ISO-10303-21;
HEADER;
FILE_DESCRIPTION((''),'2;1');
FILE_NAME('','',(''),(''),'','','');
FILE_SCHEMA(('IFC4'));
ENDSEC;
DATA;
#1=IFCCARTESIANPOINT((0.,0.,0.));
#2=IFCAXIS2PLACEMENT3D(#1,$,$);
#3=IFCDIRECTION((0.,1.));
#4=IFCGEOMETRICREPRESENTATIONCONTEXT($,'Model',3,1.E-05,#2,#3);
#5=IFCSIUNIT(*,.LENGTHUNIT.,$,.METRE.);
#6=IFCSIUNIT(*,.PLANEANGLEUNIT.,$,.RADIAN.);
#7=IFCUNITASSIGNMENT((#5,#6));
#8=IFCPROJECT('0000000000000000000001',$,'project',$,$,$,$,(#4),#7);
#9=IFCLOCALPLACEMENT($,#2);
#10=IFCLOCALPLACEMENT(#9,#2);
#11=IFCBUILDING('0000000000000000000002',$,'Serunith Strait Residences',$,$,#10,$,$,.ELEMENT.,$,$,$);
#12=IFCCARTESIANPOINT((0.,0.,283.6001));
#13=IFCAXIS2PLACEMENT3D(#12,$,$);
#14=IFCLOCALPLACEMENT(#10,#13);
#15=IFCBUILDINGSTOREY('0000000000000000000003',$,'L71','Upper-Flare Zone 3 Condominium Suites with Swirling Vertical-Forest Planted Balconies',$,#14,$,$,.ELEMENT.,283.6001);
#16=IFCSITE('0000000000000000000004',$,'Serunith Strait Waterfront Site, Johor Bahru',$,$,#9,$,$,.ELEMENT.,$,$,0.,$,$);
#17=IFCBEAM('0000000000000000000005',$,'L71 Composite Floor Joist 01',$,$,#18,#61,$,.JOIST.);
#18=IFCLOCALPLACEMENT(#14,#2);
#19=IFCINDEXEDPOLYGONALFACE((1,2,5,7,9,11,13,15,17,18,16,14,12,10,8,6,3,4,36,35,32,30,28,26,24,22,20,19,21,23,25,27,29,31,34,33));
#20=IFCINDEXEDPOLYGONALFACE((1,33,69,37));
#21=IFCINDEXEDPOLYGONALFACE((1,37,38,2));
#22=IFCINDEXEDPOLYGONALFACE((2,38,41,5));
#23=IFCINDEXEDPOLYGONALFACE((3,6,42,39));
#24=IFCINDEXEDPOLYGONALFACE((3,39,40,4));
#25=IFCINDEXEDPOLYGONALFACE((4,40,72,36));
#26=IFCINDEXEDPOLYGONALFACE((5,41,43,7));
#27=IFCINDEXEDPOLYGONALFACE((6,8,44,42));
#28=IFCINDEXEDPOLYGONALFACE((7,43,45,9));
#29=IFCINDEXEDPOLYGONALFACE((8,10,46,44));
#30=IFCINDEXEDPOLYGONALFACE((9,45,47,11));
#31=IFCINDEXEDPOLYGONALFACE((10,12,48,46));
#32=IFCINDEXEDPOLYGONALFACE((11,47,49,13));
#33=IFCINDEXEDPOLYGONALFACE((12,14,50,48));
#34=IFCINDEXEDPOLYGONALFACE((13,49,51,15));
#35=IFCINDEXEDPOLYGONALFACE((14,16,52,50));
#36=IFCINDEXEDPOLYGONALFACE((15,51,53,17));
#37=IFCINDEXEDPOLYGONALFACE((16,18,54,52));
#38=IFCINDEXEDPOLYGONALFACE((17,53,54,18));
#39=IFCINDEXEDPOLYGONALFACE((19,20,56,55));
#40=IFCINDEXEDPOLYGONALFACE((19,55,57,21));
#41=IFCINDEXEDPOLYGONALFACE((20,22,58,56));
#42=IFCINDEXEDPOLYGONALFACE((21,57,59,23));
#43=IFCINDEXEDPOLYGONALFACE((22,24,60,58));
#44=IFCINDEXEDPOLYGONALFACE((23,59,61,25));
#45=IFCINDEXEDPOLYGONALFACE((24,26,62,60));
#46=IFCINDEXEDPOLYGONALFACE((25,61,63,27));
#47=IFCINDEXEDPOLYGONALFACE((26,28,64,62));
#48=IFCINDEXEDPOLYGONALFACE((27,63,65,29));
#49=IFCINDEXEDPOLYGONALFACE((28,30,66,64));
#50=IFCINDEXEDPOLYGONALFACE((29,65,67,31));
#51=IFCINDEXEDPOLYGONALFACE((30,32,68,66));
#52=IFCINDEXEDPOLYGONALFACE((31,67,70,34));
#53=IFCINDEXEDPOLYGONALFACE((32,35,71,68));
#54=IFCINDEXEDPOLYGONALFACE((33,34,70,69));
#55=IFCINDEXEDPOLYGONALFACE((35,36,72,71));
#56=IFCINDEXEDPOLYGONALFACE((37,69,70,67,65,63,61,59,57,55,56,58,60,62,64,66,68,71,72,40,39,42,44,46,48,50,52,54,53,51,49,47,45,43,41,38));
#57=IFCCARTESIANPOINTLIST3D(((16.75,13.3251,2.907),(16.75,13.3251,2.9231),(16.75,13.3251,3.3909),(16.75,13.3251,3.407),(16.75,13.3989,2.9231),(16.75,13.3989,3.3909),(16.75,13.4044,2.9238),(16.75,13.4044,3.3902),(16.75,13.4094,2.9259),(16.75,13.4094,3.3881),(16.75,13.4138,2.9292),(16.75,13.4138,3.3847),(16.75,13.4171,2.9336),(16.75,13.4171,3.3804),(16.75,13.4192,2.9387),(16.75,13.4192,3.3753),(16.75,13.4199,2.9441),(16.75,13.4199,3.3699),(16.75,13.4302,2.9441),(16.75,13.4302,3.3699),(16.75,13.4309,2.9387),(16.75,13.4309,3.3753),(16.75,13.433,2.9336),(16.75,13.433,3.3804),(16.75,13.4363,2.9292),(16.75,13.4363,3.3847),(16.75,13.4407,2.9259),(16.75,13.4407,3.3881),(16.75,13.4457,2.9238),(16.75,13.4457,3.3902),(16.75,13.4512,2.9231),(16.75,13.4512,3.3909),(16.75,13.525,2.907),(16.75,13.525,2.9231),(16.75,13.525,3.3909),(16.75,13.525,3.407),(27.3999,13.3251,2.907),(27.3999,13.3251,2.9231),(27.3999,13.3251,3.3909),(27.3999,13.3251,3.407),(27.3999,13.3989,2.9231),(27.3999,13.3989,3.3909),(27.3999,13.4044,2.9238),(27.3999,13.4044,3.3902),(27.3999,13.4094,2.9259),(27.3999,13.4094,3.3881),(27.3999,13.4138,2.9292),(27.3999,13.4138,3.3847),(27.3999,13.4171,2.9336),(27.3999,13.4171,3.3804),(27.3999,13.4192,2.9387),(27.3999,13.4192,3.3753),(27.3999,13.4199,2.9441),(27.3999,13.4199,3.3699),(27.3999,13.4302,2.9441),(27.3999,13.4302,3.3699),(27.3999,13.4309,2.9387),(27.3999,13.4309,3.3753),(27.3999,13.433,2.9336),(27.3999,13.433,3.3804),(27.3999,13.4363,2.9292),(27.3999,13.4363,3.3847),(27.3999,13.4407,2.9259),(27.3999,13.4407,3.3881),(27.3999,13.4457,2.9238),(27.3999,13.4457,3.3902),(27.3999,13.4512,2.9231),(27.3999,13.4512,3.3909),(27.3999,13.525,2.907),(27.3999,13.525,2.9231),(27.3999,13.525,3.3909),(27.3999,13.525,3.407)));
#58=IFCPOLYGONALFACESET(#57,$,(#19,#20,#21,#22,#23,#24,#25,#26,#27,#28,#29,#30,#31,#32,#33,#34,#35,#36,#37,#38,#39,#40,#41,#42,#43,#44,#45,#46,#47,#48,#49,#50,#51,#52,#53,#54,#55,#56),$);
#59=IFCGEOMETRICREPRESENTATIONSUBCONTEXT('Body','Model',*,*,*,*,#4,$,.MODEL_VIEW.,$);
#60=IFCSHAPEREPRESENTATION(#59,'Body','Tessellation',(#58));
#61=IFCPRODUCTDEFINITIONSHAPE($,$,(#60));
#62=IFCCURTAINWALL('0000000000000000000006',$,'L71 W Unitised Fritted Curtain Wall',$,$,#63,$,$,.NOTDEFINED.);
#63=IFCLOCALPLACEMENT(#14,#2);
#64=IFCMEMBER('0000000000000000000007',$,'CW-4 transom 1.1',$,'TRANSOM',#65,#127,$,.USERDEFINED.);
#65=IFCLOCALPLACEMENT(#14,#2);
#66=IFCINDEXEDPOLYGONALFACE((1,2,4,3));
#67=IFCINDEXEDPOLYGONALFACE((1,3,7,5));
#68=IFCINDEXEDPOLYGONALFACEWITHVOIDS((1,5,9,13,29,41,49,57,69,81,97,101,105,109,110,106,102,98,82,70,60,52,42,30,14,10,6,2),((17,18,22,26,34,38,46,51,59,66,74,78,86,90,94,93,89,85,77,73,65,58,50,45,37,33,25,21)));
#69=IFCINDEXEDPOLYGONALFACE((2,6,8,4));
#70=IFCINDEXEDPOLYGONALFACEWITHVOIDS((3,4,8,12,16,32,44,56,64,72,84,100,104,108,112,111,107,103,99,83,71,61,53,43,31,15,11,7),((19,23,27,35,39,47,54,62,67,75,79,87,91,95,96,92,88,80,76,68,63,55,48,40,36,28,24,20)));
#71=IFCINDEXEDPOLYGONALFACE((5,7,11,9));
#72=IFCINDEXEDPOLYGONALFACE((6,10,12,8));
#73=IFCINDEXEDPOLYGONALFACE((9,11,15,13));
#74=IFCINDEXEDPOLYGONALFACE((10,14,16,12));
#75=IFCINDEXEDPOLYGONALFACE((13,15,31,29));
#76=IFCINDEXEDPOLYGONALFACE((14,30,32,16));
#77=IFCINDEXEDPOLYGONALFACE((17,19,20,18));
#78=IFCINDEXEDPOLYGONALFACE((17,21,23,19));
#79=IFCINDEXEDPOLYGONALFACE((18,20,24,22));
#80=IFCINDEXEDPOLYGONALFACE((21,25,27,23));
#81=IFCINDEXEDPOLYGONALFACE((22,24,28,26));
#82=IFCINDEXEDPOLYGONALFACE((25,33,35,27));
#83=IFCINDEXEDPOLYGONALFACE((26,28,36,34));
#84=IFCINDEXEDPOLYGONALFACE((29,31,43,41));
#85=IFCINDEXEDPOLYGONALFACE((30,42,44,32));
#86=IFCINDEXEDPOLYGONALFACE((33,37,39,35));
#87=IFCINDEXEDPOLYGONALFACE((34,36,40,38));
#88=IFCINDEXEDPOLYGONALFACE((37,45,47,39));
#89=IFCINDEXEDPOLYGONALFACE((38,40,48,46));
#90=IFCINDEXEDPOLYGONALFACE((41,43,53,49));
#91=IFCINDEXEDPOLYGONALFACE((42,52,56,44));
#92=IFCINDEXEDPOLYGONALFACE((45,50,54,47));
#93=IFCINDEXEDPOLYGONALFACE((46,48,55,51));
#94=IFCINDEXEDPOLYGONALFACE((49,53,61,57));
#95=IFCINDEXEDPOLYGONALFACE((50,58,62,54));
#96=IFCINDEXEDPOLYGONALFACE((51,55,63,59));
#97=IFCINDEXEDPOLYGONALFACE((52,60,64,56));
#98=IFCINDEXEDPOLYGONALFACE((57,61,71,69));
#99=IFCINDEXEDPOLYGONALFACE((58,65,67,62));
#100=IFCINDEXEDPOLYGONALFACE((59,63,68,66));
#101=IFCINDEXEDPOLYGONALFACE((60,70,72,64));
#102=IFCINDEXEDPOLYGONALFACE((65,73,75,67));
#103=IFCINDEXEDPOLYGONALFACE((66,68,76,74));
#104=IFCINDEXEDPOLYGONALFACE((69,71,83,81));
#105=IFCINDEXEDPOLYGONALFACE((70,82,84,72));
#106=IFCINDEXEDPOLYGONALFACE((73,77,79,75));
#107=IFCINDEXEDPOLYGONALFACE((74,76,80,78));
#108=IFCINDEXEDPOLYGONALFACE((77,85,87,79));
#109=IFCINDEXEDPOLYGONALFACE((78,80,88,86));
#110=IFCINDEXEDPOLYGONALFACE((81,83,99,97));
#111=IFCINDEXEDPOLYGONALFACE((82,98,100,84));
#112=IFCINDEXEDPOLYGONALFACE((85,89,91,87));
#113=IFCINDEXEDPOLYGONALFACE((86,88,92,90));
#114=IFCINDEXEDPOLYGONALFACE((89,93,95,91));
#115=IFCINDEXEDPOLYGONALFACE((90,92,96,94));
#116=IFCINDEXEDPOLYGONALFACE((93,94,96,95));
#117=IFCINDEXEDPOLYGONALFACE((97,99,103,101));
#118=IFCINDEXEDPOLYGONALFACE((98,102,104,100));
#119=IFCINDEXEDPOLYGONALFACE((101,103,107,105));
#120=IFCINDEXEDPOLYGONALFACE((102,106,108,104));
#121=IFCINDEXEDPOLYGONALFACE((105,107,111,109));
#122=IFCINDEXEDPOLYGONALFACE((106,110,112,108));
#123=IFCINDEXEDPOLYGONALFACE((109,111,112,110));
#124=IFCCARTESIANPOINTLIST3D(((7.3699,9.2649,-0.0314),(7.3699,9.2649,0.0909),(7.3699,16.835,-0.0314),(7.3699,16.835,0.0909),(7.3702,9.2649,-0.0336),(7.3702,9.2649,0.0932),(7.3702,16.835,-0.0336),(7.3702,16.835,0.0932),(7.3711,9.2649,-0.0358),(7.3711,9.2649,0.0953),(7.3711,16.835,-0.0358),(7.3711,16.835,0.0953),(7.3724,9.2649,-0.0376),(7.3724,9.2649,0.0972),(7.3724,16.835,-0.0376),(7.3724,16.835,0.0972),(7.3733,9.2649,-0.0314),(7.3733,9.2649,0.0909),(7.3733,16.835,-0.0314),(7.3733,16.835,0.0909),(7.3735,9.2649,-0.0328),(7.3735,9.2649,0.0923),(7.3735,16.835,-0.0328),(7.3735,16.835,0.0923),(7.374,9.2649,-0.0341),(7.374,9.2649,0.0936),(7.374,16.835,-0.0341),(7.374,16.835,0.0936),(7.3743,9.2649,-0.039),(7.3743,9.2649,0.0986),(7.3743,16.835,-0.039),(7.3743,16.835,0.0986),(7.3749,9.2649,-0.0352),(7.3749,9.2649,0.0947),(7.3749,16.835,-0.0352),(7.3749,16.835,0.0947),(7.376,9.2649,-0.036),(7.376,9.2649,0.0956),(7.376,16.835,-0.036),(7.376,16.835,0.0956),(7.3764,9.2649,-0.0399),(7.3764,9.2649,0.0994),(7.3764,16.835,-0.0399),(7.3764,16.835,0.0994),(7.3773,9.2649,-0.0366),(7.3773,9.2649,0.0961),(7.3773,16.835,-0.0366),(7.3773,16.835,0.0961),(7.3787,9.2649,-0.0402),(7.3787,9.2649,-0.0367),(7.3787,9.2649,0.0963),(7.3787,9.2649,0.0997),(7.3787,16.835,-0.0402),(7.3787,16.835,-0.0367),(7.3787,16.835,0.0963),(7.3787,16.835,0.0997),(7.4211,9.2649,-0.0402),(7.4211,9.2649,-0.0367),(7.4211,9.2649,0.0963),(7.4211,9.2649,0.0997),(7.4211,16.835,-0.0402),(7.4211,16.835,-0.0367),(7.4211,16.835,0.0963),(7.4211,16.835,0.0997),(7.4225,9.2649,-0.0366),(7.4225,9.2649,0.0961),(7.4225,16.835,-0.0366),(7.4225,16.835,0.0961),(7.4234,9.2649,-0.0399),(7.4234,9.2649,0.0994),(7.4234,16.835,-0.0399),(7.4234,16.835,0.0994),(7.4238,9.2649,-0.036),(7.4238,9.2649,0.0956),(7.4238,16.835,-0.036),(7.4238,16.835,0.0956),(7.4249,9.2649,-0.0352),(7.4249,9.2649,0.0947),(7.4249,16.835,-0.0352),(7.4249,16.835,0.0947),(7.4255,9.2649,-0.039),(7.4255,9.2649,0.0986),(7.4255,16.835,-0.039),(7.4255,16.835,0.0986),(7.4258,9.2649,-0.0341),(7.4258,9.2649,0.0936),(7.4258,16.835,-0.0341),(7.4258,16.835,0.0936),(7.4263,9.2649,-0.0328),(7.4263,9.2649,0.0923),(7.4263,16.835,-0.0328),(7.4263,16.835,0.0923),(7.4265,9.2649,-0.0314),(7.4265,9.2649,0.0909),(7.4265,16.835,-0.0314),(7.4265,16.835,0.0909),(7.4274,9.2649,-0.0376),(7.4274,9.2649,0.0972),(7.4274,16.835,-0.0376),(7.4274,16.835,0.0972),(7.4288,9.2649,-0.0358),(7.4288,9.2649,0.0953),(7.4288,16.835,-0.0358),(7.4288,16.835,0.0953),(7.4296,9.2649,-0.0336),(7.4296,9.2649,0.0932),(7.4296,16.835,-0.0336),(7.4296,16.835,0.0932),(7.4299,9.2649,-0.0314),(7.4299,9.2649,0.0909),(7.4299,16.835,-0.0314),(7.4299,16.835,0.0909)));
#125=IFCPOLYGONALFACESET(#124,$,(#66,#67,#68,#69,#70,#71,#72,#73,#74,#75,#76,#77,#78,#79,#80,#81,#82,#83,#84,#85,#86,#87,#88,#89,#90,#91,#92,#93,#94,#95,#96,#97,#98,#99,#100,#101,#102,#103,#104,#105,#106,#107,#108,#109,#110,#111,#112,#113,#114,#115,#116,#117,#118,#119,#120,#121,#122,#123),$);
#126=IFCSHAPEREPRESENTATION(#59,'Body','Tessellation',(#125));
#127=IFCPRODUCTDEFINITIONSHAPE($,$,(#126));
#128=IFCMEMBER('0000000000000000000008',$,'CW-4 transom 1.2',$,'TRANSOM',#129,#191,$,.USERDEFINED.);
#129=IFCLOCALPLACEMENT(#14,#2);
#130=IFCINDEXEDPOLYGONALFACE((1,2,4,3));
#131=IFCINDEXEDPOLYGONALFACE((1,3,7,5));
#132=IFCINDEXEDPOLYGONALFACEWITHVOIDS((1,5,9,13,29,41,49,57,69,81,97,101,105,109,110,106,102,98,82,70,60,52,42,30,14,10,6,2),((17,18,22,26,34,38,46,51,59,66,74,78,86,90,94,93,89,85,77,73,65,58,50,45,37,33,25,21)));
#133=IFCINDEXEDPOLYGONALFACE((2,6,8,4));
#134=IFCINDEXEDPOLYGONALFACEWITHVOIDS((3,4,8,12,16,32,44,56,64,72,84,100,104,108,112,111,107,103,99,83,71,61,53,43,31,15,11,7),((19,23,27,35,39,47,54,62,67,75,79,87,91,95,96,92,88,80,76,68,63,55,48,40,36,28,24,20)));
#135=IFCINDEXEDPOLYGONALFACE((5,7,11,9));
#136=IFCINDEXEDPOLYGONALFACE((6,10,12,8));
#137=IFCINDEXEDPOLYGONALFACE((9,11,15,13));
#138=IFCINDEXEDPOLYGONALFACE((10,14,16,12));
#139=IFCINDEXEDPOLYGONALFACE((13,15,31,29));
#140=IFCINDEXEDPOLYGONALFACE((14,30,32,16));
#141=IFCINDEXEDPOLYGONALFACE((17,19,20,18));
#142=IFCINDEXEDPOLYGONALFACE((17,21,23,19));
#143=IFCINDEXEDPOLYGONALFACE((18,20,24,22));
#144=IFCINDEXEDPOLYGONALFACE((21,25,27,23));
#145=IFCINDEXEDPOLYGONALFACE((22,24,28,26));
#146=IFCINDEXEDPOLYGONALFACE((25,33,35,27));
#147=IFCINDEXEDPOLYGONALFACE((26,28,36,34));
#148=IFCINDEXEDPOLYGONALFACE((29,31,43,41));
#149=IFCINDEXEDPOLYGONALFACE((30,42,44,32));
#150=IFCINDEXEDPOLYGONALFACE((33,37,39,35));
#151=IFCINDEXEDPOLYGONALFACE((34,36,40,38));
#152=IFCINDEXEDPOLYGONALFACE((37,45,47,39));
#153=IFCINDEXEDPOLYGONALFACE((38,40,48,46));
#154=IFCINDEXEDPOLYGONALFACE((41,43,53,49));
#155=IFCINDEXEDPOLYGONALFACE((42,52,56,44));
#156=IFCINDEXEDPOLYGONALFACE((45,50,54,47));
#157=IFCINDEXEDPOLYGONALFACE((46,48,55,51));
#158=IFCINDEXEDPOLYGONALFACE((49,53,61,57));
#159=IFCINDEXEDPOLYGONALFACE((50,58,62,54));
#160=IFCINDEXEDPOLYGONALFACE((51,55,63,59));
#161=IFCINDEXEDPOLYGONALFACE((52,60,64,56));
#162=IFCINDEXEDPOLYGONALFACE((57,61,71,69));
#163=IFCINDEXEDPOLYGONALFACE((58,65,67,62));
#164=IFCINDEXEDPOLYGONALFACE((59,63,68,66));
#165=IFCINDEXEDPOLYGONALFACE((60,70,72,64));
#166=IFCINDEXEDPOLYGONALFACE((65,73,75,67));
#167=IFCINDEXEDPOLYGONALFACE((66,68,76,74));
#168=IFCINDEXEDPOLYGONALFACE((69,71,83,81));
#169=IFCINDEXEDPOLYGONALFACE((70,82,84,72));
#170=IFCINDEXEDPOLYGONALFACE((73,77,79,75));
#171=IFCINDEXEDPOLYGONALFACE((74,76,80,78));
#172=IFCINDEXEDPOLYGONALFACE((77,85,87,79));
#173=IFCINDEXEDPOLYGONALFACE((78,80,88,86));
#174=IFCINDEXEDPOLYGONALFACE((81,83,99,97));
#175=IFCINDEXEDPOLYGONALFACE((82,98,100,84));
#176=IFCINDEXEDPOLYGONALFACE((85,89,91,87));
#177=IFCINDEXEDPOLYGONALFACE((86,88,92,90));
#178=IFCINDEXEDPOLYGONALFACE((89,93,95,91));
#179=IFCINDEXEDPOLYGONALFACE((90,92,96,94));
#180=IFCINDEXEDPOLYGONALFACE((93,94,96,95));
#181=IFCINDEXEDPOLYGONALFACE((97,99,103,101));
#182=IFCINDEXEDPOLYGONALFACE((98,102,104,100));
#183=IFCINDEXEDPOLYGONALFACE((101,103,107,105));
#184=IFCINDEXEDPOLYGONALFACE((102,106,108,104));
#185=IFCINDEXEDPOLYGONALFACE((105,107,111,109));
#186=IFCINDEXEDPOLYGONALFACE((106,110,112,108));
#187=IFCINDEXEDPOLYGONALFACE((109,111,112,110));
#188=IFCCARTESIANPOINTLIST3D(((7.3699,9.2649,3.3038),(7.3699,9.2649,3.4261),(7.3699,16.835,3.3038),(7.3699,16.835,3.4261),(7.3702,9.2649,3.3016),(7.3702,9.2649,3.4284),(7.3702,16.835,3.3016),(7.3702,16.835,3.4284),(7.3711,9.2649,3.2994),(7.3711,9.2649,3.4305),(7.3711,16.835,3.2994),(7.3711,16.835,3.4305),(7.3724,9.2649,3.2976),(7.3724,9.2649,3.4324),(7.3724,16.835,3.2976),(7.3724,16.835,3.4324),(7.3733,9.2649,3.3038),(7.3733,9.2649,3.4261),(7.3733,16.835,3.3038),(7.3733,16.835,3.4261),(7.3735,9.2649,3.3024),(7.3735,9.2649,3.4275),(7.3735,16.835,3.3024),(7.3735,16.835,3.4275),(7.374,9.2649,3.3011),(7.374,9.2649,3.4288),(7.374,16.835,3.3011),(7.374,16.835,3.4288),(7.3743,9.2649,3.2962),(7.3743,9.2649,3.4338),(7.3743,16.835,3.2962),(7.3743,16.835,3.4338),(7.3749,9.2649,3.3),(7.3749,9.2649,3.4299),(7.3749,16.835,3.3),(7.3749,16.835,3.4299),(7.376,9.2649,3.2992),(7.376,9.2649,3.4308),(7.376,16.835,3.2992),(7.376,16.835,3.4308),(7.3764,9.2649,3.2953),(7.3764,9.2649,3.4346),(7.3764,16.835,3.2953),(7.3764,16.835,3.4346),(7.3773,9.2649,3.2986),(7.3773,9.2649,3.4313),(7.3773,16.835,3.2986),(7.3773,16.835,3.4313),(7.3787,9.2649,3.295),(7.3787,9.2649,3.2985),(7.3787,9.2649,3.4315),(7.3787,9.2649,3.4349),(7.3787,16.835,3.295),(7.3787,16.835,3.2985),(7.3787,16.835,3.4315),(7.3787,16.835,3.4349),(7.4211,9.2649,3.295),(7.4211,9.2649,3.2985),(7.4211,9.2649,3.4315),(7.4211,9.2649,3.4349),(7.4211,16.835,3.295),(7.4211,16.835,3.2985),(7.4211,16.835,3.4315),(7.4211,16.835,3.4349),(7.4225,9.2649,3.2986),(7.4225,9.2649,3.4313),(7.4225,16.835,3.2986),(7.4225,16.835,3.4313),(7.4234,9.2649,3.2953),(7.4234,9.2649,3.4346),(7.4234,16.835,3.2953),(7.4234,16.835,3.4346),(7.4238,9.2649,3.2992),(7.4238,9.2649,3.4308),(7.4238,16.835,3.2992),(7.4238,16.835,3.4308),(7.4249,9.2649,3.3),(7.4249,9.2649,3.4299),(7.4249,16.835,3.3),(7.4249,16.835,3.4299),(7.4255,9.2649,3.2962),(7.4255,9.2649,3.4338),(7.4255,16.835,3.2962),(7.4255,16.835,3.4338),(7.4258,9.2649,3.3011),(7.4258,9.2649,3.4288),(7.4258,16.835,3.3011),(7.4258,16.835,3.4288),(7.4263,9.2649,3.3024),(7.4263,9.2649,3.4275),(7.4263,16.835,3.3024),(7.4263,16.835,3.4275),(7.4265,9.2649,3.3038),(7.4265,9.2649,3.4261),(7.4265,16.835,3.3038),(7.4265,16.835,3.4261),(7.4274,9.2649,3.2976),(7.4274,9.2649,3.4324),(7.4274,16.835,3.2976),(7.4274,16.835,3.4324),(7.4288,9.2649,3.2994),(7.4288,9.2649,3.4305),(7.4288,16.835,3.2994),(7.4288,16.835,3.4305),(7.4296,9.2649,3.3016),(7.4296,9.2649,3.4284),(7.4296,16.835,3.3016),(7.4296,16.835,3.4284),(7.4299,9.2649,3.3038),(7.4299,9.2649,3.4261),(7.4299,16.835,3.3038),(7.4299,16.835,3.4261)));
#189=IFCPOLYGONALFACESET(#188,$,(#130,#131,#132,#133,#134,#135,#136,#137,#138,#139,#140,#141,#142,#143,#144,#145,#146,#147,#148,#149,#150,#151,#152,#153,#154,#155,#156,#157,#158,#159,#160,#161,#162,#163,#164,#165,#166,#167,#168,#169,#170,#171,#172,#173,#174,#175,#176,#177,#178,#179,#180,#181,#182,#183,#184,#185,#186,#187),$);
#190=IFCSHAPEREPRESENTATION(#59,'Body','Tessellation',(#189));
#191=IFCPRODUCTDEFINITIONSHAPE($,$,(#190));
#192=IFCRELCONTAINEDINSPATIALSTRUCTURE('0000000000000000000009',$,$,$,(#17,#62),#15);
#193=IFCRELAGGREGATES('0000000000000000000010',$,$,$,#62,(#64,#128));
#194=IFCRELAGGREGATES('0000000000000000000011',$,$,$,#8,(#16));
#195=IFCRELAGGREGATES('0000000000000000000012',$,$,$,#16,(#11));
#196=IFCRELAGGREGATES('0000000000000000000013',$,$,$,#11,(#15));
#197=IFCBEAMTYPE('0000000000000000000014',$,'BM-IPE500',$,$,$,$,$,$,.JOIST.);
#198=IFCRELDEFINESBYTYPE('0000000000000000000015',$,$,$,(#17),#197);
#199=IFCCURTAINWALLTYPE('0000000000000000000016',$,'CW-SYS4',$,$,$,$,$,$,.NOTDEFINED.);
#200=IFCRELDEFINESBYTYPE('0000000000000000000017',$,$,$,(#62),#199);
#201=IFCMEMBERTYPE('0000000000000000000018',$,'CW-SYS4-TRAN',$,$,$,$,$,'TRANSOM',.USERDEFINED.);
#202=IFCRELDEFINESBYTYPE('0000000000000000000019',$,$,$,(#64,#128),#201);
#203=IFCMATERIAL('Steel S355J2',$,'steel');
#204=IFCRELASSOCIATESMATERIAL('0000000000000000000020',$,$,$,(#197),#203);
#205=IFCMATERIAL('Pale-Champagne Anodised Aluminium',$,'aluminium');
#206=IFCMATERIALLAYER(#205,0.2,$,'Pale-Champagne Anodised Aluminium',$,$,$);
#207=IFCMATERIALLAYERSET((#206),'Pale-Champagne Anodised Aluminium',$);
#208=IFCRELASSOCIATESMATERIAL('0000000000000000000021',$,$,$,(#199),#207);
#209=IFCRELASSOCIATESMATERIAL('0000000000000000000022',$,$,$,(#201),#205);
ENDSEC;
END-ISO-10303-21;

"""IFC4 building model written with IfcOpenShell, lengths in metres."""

from ifc_helpers import new_model, si_unit, direction, frame, origin, origin_2d, place, context, subcontext, project, spatial, hollow_rectangle, i_section, extrude, source, transform, mapped, material, layer, layer_set, material_profile, profile_set, type_object, element, aggregate, save


model = new_model("IFC4")

# Units and contexts
model_context = context("Model", 3, precision=1e-05, world=origin(), true_north=direction((0.0, 1.0)))
body_context = subcontext(model_context, "Body", "Model", "MODEL_VIEW")
ifc_project = project(units=[si_unit("LENGTHUNIT", "METRE"), si_unit("PLANEANGLEUNIT", "RADIAN")], contexts=[model_context])

# Site, building, storey
site_placement = place(None, origin())
site = spatial("IfcSite", under=ifc_project, at=site_placement, Name="Serunith Strait Waterfront Site, Johor Bahru", CompositionType="ELEMENT", RefElevation=0.0)
building_placement = place(site_placement, origin())
building = spatial("IfcBuilding", under=site, at=building_placement, Name="Serunith Strait Residences", CompositionType="ELEMENT")
storey_placement = place(building_placement, frame((0.0, 0.0, 283.6001)))
storey = spatial("IfcBuildingStorey", under=building, at=storey_placement, Name="L71", Description="Upper-Flare Zone 3 Condominium Suites with Swirling Vertical-Forest Planted Balconies", CompositionType="ELEMENT", Elevation=283.6001)

# Beam
ifc_material_1 = material(Name="Steel S355J2", Category="steel")
ifc_material_profile_1 = material_profile(ifc_material_1, i_section(OverallWidth=0.2, OverallDepth=0.5, WebThickness=0.0103, FlangeThickness=0.0161, FilletRadius=0.021, at=origin_2d()), Name="IPE 500")
ifc_profile_set_1 = profile_set([ifc_material_profile_1], Name="Steel S355J2")
beam_type_1 = type_object("IfcBeamType", Name="BM-IPE500", PredefinedType="JOIST", material=ifc_profile_set_1)
shared_shape_1 = source(origin(), body_context, "Body", "SweptSolid", [
    extrude(i_section(OverallWidth=0.2, OverallDepth=0.5, WebThickness=0.0103, FlangeThickness=0.0161, FilletRadius=0.021, at=origin_2d()), origin(), (0.0, 0.0, 1.0), 10.6499),
])
beam_1_placement = place(storey_placement, frame((16.75, 13.425, 3.157), z_axis=(1.0, 0.0, 0.0), x_axis=(0.0, 1.0, 0.0)))
element("IfcBeam", 1, at=beam_1_placement, inside=storey, type_object=beam_type_1, Name="L71 Composite Floor Joist 01", PredefinedType="JOIST", context=body_context, shape_type="MappedRepresentation", body=[
    mapped(shared_shape_1, transform((0.0, 0.0, 0.0), scale=1.0)),
])

# Curtain wall, members
ifc_material_2 = material(Name="Pale-Champagne Anodised Aluminium", Category="aluminium")
ifc_layer_1 = layer(ifc_material_2, 0.2, Name="Pale-Champagne Anodised Aluminium")
ifc_layer_set_1 = layer_set([ifc_layer_1], Name="Pale-Champagne Anodised Aluminium")
curtain_wall_type = type_object("IfcCurtainWallType", Name="CW-SYS4", PredefinedType="NOTDEFINED", material=ifc_layer_set_1)
curtain_wall_1_placement = place(storey_placement, origin())
curtain_wall_1 = element("IfcCurtainWall", 2, at=curtain_wall_1_placement, inside=storey, type_object=curtain_wall_type, Name="L71 W Unitised Fritted Curtain Wall", PredefinedType="NOTDEFINED")
ifc_material_profile_2 = material_profile(ifc_material_2, hollow_rectangle(XDim=0.0601, YDim=0.1399, WallThickness=0.0034, InnerFilletRadius=0.0054, OuterFilletRadius=0.0088, at=origin_2d()), Name="ALU 140x60x3.5")
ifc_profile_set_2 = profile_set([ifc_material_profile_2], Name="Pale-Champagne Anodised Aluminium")
member_type_1 = type_object("IfcMemberType", Name="CW-SYS4-TRAN", ElementType="TRANSOM", PredefinedType="USERDEFINED", material=ifc_profile_set_2)
shared_shape_2 = source(origin(), body_context, "Body", "SweptSolid", [
    extrude(hollow_rectangle(XDim=0.0601, YDim=0.1399, WallThickness=0.0034, InnerFilletRadius=0.0054, OuterFilletRadius=0.0088, at=origin_2d()), origin(), (0.0, 0.0, 1.0), 7.5701),
])
member_1_placement = place(storey_placement, frame((7.3999, 16.835, 0.0298), z_axis=(0.0, -1.0, 0.0), x_axis=(1.0, 0.0, 0.0)))
member_1 = element("IfcMember", 3, at=member_1_placement, type_object=member_type_1, Name="CW-4 transom 1.1", ObjectType="TRANSOM", PredefinedType="USERDEFINED", context=body_context, shape_type="MappedRepresentation", body=[
    mapped(shared_shape_2, transform((0.0, 0.0, 0.0), scale=1.0)),
])
member_2_placement = place(storey_placement, frame((7.3999, 16.835, 3.365), z_axis=(0.0, -1.0, 0.0), x_axis=(1.0, 0.0, 0.0)))
member_2 = element("IfcMember", 4, at=member_2_placement, type_object=member_type_1, Name="CW-4 transom 1.2", ObjectType="TRANSOM", PredefinedType="USERDEFINED", context=body_context, shape_type="MappedRepresentation", body=[
    mapped(shared_shape_2, transform((0.0, 0.0, 0.0), scale=1.0)),
])

aggregate(curtain_wall_1, [member_1, member_2])

save(model, "model.ifc")
